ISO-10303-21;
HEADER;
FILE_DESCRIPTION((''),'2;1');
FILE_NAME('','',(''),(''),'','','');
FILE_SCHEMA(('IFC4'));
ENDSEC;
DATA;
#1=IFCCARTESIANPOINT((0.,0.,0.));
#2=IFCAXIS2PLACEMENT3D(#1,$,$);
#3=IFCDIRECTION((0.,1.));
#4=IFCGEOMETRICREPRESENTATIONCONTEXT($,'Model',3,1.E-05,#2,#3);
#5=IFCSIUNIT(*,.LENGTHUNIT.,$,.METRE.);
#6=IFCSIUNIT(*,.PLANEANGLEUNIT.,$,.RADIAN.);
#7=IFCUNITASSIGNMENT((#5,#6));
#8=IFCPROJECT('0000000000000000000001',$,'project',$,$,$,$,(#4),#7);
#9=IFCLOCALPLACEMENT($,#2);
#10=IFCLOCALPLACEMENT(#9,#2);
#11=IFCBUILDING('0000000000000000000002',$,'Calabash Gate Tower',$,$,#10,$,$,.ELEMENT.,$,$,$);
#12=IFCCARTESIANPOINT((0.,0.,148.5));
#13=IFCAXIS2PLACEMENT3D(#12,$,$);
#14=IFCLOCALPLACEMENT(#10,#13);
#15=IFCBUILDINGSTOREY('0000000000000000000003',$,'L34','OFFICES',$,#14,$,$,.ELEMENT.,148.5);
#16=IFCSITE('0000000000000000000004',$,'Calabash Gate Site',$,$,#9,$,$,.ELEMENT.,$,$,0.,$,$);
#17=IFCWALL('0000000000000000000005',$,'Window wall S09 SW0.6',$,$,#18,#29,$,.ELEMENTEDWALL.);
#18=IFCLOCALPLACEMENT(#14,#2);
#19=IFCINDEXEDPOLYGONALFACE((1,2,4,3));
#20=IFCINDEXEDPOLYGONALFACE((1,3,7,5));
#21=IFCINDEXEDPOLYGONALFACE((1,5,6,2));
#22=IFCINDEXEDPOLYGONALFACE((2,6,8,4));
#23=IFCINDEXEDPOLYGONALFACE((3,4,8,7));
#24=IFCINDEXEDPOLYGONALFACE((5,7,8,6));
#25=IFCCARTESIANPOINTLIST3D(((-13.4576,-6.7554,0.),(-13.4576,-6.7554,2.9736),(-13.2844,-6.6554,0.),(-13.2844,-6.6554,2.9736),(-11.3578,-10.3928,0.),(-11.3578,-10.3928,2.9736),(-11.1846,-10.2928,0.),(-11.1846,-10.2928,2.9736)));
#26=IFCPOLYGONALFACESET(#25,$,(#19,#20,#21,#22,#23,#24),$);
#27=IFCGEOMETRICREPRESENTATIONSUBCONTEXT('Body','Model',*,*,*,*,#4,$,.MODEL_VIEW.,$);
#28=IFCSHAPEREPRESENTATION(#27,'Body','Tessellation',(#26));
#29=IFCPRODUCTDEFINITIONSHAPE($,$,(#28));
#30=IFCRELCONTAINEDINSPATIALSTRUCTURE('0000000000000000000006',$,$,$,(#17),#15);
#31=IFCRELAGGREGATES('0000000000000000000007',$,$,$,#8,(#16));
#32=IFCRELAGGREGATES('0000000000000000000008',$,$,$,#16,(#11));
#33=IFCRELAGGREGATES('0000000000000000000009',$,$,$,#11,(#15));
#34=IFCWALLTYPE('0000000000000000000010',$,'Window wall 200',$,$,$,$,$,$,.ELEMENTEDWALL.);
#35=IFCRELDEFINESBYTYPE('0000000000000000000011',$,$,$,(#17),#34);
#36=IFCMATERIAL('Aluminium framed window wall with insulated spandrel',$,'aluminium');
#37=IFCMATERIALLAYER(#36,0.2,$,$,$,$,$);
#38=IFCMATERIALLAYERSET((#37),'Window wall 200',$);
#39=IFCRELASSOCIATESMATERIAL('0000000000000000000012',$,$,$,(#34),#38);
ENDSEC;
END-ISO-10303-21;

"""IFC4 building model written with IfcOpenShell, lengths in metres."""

from ifc_helpers import new_model, si_unit, direction, frame, frame_2d, origin, place, context, subcontext, project, spatial, rectangle, extrude, material, layer, layer_set, type_object, element, save


model = new_model("IFC4")

# Units and contexts
model_context = context("Model", 3, precision=1e-05, world=origin(), true_north=direction((0.0, 1.0)))
body_context = subcontext(model_context, "Body", "Model", "MODEL_VIEW")
ifc_project = project(units=[si_unit("LENGTHUNIT", "METRE"), si_unit("PLANEANGLEUNIT", "RADIAN")], contexts=[model_context])

# Site, building, storey
site_placement = place(None, origin())
site = spatial("IfcSite", under=ifc_project, at=site_placement, Name="Calabash Gate Site", CompositionType="ELEMENT", RefElevation=0.0)
building_placement = place(site_placement, origin())
building = spatial("IfcBuilding", under=site, at=building_placement, Name="Calabash Gate Tower", CompositionType="ELEMENT")
storey_placement = place(building_placement, frame((0.0, 0.0, 148.5)))
storey = spatial("IfcBuildingStorey", under=building, at=storey_placement, Name="L34", Description="OFFICES", CompositionType="ELEMENT", Elevation=148.5)

# Shared definitions
ifc_material_1 = material(Name="Aluminium framed window wall with insulated spandrel", Category="aluminium")
ifc_layer_1 = layer(ifc_material_1, 0.2)
ifc_layer_set_1 = layer_set([ifc_layer_1], Name="Window wall 200")
wall_type_1 = type_object("IfcWallType", Name="Window wall 200", PredefinedType="ELEMENTEDWALL", material=ifc_layer_set_1)

# Wall
for number, where, z_axis, x_axis, name in (
    (1, (-13.3711, -6.7053, 0.0), (0.0, 0.0, 1.0), (0.499959, -0.866049, 0.0), "Window wall S09 SW0.6"),
):
    element("IfcWall", number, at=place(storey_placement, frame(where, z_axis=z_axis, x_axis=x_axis)), inside=storey, type_object=wall_type_1, Name=name, PredefinedType="ELEMENTEDWALL", context=body_context, shape_type="SweptSolid", body=[
        extrude(rectangle(XDim=4.2, YDim=0.2, at=frame_2d((2.1001, 0.0))), origin(), (0.0, 0.0, 1.0), 2.9736),
    ])

save(model, "model.ifc")
